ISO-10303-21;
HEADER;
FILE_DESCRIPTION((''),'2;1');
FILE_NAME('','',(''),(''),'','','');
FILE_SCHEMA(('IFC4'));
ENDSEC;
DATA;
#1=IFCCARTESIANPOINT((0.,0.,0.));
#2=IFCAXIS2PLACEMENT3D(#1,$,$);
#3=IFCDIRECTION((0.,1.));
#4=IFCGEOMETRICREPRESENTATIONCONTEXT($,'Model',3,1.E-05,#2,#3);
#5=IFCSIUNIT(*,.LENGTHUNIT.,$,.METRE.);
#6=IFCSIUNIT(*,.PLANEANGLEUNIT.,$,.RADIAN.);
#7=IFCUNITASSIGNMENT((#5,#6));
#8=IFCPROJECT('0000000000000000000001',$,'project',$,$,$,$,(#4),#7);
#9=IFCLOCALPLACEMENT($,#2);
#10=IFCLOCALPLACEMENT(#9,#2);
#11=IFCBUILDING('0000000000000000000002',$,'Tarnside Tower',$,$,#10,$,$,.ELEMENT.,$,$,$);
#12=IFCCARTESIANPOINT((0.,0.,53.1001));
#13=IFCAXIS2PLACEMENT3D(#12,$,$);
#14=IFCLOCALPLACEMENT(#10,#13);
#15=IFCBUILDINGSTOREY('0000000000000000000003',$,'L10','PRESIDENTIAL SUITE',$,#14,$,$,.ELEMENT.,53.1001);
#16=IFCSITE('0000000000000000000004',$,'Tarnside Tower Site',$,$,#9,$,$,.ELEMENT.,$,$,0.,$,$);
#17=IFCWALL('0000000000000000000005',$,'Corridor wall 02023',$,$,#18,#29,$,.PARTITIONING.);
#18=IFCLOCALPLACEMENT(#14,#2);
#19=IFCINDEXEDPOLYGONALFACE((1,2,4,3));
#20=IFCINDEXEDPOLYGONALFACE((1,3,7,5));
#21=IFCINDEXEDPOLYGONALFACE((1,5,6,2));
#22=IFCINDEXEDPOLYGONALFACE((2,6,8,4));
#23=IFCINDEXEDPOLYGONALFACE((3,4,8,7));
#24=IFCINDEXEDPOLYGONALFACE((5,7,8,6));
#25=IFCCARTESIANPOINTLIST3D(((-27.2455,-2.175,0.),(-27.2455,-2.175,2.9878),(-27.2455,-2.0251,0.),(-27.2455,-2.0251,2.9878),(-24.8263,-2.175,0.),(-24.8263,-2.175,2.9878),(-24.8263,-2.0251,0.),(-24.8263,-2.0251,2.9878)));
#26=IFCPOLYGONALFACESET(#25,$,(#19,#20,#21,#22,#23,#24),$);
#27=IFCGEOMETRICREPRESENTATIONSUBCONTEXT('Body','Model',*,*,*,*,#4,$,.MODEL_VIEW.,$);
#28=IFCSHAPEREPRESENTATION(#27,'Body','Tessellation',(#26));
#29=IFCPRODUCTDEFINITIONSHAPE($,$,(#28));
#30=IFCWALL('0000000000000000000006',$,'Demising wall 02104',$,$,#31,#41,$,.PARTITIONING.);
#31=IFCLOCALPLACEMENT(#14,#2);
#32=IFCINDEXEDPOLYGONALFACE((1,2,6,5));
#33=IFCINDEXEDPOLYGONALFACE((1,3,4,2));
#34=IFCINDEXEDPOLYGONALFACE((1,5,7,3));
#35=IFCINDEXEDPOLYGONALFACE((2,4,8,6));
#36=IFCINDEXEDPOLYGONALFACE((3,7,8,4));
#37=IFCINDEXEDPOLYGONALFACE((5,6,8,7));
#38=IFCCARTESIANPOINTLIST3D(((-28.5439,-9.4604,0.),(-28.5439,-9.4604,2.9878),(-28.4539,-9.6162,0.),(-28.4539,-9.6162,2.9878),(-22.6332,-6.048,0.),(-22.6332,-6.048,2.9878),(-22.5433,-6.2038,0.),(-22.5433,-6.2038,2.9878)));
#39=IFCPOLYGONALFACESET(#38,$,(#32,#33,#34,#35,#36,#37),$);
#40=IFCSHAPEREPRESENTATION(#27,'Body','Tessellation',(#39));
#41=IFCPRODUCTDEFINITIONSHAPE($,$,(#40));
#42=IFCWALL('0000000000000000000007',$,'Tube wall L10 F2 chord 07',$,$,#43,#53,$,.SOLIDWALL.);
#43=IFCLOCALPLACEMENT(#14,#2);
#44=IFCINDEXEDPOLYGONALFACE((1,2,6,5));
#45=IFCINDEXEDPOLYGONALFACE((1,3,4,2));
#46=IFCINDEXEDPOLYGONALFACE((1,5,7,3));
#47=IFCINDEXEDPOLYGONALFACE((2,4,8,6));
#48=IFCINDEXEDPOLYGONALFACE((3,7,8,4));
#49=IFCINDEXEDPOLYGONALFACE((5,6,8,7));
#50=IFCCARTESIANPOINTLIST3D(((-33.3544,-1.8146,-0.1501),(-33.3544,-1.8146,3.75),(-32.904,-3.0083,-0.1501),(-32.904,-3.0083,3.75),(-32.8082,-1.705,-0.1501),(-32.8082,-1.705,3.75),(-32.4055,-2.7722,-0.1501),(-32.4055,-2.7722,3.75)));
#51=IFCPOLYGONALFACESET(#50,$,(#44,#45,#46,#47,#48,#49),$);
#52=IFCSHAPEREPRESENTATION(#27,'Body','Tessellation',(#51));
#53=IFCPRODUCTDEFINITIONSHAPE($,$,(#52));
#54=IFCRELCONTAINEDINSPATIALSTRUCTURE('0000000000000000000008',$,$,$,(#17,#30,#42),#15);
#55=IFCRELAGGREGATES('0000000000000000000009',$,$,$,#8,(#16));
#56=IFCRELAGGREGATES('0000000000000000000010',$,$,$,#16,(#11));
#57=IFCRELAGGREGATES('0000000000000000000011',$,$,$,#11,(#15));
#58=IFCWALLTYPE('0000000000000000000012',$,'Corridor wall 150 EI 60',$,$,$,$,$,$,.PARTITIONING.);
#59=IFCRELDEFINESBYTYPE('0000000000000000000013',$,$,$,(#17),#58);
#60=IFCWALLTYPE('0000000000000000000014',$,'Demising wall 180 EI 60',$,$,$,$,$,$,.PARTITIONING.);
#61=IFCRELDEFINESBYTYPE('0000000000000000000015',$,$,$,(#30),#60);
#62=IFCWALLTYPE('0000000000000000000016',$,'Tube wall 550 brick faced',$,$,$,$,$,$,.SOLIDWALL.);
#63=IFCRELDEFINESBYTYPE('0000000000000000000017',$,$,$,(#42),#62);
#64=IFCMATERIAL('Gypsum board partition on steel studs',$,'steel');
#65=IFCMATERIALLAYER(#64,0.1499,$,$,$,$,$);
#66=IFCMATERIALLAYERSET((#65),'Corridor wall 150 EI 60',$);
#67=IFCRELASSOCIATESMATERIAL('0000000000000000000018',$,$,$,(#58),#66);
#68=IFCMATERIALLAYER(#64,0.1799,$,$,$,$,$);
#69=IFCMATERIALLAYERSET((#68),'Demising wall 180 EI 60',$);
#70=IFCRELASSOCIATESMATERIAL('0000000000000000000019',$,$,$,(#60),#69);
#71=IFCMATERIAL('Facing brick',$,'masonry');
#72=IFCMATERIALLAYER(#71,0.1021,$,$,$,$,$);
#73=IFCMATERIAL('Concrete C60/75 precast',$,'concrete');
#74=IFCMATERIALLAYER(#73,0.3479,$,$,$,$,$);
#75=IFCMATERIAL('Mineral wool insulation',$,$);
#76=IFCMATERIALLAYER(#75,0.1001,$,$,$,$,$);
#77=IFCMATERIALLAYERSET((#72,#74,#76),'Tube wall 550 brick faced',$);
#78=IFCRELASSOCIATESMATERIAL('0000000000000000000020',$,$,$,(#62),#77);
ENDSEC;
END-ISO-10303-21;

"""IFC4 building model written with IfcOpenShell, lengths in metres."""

from ifc_helpers import new_model, si_unit, direction, frame, frame_2d, origin, place, context, subcontext, project, spatial, polyline, rectangle, outline, extrude, material, layer, layer_set, type_object, element, save


model = new_model("IFC4")

# Units and contexts
model_context = context("Model", 3, precision=1e-05, world=origin(), true_north=direction((0.0, 1.0)))
body_context = subcontext(model_context, "Body", "Model", "MODEL_VIEW")
ifc_project = project(units=[si_unit("LENGTHUNIT", "METRE"), si_unit("PLANEANGLEUNIT", "RADIAN")], contexts=[model_context])

# Site, building, storey
site_placement = place(None, origin())
site = spatial("IfcSite", under=ifc_project, at=site_placement, Name="Tarnside Tower Site", CompositionType="ELEMENT", RefElevation=0.0)
building_placement = place(site_placement, origin())
building = spatial("IfcBuilding", under=site, at=building_placement, Name="Tarnside Tower", CompositionType="ELEMENT")
storey_placement = place(building_placement, frame((0.0, 0.0, 53.1001)))
storey = spatial("IfcBuildingStorey", under=building, at=storey_placement, Name="L10", Description="PRESIDENTIAL SUITE", CompositionType="ELEMENT", Elevation=53.1001)

# Walls
ifc_material_1 = material(Name="Gypsum board partition on steel studs", Category="steel")
ifc_layer_1 = layer(ifc_material_1, 0.1499)
ifc_layer_set_1 = layer_set([ifc_layer_1], Name="Corridor wall 150 EI 60")
wall_type_1 = type_object("IfcWallType", Name="Corridor wall 150 EI 60", PredefinedType="PARTITIONING", material=ifc_layer_set_1)
wall_1_placement = place(storey_placement, frame((-27.2454, -2.1001, 0.0), z_axis=(0.0, 0.0, 1.0), x_axis=(1.0, 0.0, 0.0)))
element("IfcWall", 1, at=wall_1_placement, inside=storey, type_object=wall_type_1, Name="Corridor wall 02023", PredefinedType="PARTITIONING", context=body_context, shape_type="SweptSolid", body=[
    extrude(rectangle(XDim=2.4192, YDim=0.1499, at=frame_2d((1.2095, 0.0))), origin(), (0.0, 0.0, 1.0), 2.9878),
])
ifc_layer_2 = layer(ifc_material_1, 0.1799)
ifc_layer_set_2 = layer_set([ifc_layer_2], Name="Demising wall 180 EI 60")
wall_type_2 = type_object("IfcWallType", Name="Demising wall 180 EI 60", PredefinedType="PARTITIONING", material=ifc_layer_set_2)
wall_2_placement = place(storey_placement, frame((-28.499, -9.5383, 0.0), z_axis=(0.0, 0.0, 1.0), x_axis=(0.866035, 0.499983, 0.0)))
element("IfcWall", 2, at=wall_2_placement, inside=storey, type_object=wall_type_2, Name="Demising wall 02104", PredefinedType="PARTITIONING", context=body_context, shape_type="SweptSolid", body=[
    extrude(rectangle(XDim=6.825, YDim=0.1799, at=frame_2d((3.4126, 0.0))), origin(), (0.0, 0.0, 1.0), 2.9878),
])
ifc_material_2 = material(Name="Facing brick", Category="masonry")
ifc_layer_3 = layer(ifc_material_2, 0.1021)
ifc_material_3 = material(Name="Concrete C60/75 precast", Category="concrete")
ifc_layer_4 = layer(ifc_material_3, 0.3479)
ifc_material_4 = material(Name="Mineral wool insulation")
ifc_layer_5 = layer(ifc_material_4, 0.1001)
ifc_layer_set_3 = layer_set([ifc_layer_3, ifc_layer_4, ifc_layer_5], Name="Tube wall 550 brick faced")
wall_type_3 = type_object("IfcWallType", Name="Tube wall 550 brick faced", PredefinedType="SOLIDWALL", material=ifc_layer_set_3)
wall_3_placement = place(storey_placement, frame((-33.0813, -1.7598, -0.1501), z_axis=(0.0, 0.0, 1.0), x_axis=(0.353027, -0.935613, 0.0)))
element("IfcWall", 3, at=wall_3_placement, inside=storey, type_object=wall_type_3, Name="Tube wall L10 F2 chord 07", PredefinedType="SOLIDWALL", context=body_context, shape_type="SweptSolid", body=[
    extrude(outline(polyline([(-0.0452, -0.2749), (1.2307, -0.2749), (1.1858, 0.2749), (0.0452, 0.2749), (-0.0452, -0.2749)])), origin(), (0.0, 0.0, 1.0), 3.9001),
])

save(model, "model.ifc")
